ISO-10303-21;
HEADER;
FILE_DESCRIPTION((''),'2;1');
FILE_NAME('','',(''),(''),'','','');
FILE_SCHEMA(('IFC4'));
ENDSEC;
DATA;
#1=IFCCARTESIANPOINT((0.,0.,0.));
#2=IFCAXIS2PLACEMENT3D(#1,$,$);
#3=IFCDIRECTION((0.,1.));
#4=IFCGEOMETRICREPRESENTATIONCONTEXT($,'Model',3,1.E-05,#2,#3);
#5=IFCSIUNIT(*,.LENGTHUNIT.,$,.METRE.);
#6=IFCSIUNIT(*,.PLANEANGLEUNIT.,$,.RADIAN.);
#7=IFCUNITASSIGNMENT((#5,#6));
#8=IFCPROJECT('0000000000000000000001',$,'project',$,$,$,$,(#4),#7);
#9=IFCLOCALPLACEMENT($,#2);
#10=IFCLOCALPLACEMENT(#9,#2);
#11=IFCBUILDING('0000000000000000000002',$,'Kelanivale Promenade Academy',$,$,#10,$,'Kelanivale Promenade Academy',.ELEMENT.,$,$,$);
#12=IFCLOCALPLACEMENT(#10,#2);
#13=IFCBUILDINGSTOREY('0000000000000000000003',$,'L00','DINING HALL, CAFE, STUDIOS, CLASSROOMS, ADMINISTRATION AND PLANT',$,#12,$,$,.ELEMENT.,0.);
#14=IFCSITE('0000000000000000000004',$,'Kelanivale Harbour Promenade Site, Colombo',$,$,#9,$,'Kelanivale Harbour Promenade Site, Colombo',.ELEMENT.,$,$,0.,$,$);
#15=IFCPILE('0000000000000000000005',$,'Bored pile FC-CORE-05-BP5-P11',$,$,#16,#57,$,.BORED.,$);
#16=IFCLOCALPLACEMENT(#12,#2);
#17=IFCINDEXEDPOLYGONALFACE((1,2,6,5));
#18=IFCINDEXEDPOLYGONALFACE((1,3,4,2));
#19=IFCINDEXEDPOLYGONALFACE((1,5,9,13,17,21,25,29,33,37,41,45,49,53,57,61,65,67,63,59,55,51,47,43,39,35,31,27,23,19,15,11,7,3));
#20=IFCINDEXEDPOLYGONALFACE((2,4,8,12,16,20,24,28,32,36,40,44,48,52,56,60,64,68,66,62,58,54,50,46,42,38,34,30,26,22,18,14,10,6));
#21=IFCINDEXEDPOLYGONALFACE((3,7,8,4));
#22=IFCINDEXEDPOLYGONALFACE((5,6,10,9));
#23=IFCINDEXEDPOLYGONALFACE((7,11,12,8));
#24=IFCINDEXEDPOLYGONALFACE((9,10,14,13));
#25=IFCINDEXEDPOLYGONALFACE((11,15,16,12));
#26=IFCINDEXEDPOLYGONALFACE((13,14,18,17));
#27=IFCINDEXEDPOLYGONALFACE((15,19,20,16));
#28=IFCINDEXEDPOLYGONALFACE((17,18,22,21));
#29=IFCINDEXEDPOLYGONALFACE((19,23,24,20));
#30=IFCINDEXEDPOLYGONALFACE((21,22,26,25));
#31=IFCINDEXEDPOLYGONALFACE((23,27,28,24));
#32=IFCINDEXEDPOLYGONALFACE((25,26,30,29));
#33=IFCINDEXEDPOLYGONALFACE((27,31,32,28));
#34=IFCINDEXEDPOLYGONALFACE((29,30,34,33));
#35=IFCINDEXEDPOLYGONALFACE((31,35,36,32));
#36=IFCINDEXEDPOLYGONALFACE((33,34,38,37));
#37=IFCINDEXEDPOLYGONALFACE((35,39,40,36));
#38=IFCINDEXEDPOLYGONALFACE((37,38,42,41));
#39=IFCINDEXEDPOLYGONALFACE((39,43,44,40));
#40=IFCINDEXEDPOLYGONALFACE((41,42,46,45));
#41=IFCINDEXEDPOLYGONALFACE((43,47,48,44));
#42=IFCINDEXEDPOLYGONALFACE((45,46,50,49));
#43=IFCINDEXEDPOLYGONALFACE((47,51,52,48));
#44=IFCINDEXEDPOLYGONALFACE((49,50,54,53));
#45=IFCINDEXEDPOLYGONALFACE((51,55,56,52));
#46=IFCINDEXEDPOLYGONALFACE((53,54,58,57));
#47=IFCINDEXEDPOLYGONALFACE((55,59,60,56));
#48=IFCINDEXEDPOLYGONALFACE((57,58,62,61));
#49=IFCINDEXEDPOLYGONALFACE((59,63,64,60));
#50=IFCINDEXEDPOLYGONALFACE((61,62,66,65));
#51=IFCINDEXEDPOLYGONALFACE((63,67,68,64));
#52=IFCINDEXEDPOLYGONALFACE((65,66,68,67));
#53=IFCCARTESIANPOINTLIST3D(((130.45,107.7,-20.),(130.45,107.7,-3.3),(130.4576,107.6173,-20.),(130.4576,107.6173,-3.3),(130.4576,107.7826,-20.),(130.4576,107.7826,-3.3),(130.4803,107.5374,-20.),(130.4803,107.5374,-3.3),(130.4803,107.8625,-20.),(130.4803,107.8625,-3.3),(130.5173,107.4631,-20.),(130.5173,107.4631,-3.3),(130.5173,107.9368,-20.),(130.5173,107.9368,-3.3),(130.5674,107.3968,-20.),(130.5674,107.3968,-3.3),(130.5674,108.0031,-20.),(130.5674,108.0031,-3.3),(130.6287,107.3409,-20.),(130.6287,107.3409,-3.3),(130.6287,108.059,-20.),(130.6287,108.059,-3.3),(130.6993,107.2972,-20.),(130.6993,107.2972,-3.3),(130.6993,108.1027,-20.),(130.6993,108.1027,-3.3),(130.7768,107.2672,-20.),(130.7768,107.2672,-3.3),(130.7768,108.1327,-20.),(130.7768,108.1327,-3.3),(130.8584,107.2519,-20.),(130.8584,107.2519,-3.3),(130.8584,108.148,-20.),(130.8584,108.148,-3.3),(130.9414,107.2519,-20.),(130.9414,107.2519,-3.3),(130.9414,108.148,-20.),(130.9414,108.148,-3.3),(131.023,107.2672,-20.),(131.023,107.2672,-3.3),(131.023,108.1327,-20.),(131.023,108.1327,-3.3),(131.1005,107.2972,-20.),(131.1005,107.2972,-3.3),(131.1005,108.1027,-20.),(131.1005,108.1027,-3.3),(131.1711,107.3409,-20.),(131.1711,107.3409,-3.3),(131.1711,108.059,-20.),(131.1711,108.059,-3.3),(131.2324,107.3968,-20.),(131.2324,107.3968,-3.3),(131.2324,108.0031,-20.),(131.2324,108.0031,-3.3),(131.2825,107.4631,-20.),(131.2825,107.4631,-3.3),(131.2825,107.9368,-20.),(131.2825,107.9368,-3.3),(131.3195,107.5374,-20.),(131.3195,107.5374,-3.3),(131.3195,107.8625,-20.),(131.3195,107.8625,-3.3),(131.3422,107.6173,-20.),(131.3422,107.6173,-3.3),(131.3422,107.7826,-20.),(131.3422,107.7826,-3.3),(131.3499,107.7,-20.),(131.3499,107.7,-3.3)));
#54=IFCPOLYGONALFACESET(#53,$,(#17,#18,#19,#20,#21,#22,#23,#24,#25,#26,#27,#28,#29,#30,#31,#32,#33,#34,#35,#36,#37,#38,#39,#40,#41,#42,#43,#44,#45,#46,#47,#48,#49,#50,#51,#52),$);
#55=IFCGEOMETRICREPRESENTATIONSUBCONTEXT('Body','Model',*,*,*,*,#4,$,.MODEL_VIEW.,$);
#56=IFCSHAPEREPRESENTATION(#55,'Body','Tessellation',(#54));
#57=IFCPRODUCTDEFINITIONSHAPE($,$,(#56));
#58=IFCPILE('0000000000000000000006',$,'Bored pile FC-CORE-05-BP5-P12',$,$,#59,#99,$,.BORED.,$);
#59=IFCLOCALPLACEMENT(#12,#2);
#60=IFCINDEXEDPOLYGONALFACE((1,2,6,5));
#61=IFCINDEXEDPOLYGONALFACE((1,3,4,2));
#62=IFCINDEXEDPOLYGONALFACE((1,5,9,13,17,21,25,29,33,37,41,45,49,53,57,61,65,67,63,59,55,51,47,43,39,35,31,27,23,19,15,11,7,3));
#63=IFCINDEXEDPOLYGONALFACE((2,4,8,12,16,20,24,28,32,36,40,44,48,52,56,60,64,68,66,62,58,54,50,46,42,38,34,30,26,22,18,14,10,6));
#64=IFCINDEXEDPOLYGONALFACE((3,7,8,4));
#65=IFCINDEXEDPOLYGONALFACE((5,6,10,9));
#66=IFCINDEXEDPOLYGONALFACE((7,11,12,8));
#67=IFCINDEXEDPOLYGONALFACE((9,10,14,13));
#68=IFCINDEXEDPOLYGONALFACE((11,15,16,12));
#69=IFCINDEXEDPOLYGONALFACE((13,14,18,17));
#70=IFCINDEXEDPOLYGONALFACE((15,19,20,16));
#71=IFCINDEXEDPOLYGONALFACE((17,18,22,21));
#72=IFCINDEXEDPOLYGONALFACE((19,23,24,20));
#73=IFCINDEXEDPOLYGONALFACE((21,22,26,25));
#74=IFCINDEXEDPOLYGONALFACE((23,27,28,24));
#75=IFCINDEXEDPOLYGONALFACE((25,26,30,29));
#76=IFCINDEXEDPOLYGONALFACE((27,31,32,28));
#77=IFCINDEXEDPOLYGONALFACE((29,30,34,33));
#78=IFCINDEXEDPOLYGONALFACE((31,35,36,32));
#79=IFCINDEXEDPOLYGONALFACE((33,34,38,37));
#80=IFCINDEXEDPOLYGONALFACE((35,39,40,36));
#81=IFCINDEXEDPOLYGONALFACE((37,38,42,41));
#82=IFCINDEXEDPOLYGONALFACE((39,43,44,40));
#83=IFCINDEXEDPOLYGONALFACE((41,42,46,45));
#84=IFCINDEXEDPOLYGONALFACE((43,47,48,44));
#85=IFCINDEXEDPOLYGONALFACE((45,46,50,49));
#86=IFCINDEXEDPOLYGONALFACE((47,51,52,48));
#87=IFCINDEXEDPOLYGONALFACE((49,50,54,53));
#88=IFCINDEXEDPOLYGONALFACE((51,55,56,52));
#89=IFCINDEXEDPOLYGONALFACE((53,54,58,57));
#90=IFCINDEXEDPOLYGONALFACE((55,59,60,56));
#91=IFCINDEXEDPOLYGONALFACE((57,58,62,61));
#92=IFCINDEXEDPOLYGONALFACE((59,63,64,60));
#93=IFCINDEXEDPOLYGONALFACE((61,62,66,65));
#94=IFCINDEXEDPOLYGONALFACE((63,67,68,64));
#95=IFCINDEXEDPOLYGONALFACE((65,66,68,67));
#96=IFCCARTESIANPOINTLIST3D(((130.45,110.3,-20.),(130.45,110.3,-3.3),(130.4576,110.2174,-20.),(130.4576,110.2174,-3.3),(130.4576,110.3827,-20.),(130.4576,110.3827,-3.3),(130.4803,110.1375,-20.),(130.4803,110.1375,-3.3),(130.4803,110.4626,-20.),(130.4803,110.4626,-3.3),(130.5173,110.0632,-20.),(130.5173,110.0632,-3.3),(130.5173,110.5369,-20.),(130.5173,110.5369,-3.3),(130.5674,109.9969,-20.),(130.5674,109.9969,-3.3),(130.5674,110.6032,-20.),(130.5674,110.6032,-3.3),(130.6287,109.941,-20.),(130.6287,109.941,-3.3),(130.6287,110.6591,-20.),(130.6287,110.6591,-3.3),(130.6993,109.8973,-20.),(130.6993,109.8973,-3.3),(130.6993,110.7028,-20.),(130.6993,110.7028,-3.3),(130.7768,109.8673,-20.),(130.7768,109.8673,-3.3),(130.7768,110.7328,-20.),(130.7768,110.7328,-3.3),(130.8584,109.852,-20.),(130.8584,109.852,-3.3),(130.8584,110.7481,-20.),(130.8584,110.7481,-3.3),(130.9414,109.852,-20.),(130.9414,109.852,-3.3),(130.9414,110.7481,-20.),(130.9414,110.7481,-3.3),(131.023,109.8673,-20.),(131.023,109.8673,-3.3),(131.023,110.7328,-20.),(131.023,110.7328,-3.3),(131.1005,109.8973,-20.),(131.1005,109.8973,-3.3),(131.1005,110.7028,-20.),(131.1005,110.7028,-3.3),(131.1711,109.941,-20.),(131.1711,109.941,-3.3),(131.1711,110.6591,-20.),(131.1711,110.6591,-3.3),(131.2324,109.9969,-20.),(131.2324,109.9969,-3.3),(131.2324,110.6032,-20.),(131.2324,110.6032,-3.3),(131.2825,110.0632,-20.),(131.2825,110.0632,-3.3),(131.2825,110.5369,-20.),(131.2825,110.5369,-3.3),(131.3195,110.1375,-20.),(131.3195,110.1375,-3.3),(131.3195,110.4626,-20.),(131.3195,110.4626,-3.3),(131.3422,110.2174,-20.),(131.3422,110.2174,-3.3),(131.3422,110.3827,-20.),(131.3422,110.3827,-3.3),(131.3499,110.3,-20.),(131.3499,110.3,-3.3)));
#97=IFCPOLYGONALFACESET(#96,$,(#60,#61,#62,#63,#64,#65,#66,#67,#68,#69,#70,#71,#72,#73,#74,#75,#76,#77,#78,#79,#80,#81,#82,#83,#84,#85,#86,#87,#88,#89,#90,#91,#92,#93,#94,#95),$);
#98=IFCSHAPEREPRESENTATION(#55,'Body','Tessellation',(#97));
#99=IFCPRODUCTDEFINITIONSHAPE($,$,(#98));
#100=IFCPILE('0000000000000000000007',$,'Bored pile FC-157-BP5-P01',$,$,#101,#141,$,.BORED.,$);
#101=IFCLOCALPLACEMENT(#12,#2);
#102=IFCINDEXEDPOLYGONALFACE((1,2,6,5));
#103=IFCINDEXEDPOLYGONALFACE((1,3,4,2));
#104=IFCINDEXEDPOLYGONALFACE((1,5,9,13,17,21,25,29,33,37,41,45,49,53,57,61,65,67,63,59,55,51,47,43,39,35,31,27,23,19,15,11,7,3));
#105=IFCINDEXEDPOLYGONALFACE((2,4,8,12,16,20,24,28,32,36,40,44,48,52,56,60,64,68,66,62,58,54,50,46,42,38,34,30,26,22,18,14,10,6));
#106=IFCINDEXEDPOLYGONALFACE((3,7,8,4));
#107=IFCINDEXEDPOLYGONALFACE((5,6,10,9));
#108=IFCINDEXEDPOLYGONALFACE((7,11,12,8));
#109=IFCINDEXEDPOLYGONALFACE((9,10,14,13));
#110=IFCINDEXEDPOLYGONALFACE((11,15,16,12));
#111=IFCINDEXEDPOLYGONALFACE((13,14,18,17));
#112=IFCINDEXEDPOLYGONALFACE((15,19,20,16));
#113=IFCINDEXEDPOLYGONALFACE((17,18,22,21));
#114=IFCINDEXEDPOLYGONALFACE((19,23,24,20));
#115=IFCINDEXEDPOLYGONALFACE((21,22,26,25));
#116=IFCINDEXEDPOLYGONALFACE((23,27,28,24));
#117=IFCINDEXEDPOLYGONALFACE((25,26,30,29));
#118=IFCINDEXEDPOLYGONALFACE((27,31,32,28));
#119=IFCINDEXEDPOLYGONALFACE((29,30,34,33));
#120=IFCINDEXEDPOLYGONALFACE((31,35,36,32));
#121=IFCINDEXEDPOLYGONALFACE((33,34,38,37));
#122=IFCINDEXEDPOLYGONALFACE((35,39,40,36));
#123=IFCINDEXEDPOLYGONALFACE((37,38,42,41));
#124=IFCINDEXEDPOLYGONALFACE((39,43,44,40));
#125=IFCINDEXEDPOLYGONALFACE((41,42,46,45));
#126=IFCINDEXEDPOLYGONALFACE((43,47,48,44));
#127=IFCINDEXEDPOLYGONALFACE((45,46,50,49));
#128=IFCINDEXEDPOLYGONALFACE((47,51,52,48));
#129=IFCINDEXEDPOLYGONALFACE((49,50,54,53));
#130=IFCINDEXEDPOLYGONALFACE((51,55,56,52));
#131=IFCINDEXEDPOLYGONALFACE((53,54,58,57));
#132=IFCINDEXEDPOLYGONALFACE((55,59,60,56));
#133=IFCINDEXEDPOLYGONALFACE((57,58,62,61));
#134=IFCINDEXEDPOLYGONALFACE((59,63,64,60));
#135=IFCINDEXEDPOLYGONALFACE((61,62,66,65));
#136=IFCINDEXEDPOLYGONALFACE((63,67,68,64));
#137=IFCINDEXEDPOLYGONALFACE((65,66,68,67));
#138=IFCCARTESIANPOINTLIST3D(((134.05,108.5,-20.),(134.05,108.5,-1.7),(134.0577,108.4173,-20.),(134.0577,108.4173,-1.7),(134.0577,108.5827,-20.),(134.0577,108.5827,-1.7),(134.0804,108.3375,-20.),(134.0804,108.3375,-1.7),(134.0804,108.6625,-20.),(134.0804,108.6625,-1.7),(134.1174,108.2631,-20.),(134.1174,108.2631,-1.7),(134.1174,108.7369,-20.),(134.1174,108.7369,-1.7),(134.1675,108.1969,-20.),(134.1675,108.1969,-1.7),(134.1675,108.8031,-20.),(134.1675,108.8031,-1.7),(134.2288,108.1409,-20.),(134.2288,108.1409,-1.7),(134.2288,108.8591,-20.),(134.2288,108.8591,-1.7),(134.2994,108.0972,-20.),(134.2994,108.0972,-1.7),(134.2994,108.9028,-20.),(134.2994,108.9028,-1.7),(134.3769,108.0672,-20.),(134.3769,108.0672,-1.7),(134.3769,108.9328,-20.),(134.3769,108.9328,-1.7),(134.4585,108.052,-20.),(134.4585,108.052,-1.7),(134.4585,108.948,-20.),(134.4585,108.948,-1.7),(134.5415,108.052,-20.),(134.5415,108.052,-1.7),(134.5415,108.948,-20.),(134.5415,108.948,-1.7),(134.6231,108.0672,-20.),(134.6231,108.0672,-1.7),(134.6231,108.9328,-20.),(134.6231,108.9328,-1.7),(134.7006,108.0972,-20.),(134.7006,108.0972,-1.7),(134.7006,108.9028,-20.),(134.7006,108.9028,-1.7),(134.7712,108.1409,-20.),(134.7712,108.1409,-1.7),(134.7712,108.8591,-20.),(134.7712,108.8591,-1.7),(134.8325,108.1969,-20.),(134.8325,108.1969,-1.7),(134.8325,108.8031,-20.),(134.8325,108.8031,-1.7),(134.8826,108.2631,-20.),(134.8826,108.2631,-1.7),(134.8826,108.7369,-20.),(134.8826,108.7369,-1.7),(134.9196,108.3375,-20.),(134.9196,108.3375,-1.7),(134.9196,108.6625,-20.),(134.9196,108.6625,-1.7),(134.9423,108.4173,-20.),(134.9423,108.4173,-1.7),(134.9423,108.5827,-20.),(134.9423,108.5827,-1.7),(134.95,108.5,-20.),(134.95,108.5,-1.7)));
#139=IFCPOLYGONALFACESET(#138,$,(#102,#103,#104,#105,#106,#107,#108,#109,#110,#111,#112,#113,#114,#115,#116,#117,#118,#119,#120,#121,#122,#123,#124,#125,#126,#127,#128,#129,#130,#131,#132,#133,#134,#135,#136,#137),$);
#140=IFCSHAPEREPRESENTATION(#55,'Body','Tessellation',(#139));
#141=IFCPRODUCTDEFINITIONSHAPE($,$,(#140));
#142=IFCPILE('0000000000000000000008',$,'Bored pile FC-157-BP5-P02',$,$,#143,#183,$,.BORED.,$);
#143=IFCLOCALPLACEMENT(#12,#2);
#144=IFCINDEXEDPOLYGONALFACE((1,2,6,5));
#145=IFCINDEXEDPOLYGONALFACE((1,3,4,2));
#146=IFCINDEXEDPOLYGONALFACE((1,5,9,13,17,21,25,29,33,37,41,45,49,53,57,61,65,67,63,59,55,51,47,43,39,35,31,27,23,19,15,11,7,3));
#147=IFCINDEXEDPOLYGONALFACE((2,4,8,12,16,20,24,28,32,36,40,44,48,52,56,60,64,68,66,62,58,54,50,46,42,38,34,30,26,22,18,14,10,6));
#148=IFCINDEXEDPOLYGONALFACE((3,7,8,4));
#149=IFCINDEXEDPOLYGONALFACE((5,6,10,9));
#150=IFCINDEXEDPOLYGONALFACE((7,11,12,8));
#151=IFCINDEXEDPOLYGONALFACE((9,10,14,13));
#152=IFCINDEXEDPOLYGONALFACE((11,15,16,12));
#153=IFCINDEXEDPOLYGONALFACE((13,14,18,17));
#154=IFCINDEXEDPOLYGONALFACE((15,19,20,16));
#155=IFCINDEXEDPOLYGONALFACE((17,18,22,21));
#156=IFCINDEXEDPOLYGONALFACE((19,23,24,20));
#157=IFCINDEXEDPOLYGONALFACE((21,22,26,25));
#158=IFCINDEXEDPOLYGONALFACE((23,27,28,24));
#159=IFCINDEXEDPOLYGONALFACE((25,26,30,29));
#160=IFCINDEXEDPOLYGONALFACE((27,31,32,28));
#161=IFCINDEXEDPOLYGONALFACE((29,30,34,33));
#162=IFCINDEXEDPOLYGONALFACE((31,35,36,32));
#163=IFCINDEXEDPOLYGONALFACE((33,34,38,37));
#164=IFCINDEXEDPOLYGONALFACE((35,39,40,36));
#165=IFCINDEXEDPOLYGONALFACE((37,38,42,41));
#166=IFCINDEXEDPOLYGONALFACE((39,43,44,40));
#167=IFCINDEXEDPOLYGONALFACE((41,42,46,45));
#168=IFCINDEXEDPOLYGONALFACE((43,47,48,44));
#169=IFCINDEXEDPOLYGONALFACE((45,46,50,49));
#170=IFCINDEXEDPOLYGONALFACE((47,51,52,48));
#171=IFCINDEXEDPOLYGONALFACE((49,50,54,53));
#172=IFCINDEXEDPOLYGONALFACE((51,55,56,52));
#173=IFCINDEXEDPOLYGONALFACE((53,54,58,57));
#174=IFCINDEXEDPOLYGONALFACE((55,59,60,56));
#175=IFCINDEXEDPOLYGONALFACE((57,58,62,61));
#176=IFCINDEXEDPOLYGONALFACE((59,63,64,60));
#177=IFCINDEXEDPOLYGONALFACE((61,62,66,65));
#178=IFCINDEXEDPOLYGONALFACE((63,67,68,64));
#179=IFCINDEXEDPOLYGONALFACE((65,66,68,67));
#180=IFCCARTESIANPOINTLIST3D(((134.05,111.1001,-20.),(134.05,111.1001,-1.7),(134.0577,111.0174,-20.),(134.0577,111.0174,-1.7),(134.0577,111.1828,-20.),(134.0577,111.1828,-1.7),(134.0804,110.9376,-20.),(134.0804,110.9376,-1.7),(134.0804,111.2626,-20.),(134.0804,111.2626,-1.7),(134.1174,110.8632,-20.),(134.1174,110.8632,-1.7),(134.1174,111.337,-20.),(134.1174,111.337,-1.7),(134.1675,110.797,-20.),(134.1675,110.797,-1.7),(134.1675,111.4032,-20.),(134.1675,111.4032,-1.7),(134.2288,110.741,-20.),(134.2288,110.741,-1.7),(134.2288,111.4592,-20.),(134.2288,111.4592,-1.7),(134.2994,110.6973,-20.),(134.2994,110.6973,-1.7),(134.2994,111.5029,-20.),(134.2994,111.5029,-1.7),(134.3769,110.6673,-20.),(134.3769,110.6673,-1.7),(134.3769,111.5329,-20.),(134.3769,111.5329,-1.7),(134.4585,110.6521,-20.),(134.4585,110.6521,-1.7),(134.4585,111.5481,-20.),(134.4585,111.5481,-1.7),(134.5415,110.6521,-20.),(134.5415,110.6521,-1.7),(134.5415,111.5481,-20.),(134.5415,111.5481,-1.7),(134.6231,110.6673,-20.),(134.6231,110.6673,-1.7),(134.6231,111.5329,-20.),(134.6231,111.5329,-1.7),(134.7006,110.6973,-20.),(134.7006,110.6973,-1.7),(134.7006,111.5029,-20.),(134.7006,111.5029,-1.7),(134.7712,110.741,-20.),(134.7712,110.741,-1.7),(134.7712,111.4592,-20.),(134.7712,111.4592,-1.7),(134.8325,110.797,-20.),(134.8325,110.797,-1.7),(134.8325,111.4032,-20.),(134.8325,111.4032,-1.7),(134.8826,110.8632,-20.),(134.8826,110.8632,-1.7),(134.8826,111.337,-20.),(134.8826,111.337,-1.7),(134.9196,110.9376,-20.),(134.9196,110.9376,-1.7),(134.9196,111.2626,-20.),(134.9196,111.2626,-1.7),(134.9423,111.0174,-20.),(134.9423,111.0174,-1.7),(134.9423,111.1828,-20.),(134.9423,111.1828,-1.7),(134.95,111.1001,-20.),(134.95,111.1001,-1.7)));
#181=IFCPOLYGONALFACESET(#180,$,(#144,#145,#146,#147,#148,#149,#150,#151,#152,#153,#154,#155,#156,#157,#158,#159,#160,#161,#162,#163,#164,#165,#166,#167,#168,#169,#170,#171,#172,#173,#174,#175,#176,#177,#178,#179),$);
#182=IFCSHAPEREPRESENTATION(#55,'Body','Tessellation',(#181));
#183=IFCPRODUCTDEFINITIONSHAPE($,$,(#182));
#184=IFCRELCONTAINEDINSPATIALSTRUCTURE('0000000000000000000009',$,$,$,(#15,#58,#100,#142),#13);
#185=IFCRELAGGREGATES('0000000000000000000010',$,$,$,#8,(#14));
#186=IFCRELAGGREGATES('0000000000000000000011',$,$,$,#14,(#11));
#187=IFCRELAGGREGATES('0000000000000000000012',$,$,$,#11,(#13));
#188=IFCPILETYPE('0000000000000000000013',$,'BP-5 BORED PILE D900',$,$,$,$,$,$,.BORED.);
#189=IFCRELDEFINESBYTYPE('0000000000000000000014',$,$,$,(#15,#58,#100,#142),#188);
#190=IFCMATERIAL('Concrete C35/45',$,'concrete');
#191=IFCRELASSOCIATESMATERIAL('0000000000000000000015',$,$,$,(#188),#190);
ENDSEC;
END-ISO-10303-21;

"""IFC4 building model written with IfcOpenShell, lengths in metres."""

from ifc_helpers import new_model, si_unit, direction, frame, origin, origin_2d, place, context, subcontext, project, spatial, circle, extrude, material, material_profile, profile_set, type_object, element, save


model = new_model("IFC4")

# Units and contexts
model_context = context("Model", 3, precision=1e-05, world=origin(), true_north=direction((0.0, 1.0)))
body_context = subcontext(model_context, "Body", "Model", "MODEL_VIEW")
ifc_project = project(units=[si_unit("LENGTHUNIT", "METRE"), si_unit("PLANEANGLEUNIT", "RADIAN")], contexts=[model_context])

# Site, building, storey
site_placement = place(None, origin())
site = spatial("IfcSite", under=ifc_project, at=site_placement, Name="Kelanivale Harbour Promenade Site, Colombo", LongName="Kelanivale Harbour Promenade Site, Colombo", CompositionType="ELEMENT", RefElevation=0.0)
building_placement = place(site_placement, origin())
building = spatial("IfcBuilding", under=site, at=building_placement, Name="Kelanivale Promenade Academy", LongName="Kelanivale Promenade Academy", CompositionType="ELEMENT")
storey_placement = place(building_placement, origin())
storey = spatial("IfcBuildingStorey", under=building, at=storey_placement, Name="L00", Description="DINING HALL, CAFE, STUDIOS, CLASSROOMS, ADMINISTRATION AND PLANT", CompositionType="ELEMENT", Elevation=0.0)

# Piles
ifc_material_1 = material(Name="Concrete C35/45", Category="concrete")
ifc_material_profile_1 = material_profile(ifc_material_1, circle(Radius=0.45, at=origin_2d()), Name="BORED PILE D900")
ifc_profile_set_1 = profile_set([ifc_material_profile_1], Name="Concrete C35/45")
pile_type_1 = type_object("IfcPileType", Name="BP-5 BORED PILE D900", PredefinedType="BORED", material=ifc_profile_set_1)
for number, where, z_axis, x_axis, name in (
    (1, (130.8999, 107.7, -3.3), (0.0, 0.0, -1.0), (1.0, 0.0, 0.0), "Bored pile FC-CORE-05-BP5-P11"),
    (2, (130.8999, 110.3, -3.3), (0.0, 0.0, -1.0), (1.0, 0.0, 0.0), "Bored pile FC-CORE-05-BP5-P12"),
):
    element("IfcPile", number, at=place(storey_placement, frame(where, z_axis=z_axis, x_axis=x_axis)), inside=storey, type_object=pile_type_1, Name=name, PredefinedType="BORED", context=body_context, shape_type="SweptSolid", body=[
        extrude(circle(Radius=0.45, at=origin_2d()), origin(), (0.0, 0.0, 1.0), 16.7),
    ])
for number, where, z_axis, x_axis, name in (
    (3, (134.5, 108.5, -1.7), (0.0, 0.0, -1.0), (1.0, 0.0, 0.0), "Bored pile FC-157-BP5-P01"),
    (4, (134.5, 111.1001, -1.7), (0.0, 0.0, -1.0), (1.0, 0.0, 0.0), "Bored pile FC-157-BP5-P02"),
):
    element("IfcPile", number, at=place(storey_placement, frame(where, z_axis=z_axis, x_axis=x_axis)), inside=storey, type_object=pile_type_1, Name=name, PredefinedType="BORED", context=body_context, shape_type="SweptSolid", body=[
        extrude(circle(Radius=0.45, at=origin_2d()), origin(), (0.0, 0.0, 1.0), 18.3),
    ])

save(model, "model.ifc")
